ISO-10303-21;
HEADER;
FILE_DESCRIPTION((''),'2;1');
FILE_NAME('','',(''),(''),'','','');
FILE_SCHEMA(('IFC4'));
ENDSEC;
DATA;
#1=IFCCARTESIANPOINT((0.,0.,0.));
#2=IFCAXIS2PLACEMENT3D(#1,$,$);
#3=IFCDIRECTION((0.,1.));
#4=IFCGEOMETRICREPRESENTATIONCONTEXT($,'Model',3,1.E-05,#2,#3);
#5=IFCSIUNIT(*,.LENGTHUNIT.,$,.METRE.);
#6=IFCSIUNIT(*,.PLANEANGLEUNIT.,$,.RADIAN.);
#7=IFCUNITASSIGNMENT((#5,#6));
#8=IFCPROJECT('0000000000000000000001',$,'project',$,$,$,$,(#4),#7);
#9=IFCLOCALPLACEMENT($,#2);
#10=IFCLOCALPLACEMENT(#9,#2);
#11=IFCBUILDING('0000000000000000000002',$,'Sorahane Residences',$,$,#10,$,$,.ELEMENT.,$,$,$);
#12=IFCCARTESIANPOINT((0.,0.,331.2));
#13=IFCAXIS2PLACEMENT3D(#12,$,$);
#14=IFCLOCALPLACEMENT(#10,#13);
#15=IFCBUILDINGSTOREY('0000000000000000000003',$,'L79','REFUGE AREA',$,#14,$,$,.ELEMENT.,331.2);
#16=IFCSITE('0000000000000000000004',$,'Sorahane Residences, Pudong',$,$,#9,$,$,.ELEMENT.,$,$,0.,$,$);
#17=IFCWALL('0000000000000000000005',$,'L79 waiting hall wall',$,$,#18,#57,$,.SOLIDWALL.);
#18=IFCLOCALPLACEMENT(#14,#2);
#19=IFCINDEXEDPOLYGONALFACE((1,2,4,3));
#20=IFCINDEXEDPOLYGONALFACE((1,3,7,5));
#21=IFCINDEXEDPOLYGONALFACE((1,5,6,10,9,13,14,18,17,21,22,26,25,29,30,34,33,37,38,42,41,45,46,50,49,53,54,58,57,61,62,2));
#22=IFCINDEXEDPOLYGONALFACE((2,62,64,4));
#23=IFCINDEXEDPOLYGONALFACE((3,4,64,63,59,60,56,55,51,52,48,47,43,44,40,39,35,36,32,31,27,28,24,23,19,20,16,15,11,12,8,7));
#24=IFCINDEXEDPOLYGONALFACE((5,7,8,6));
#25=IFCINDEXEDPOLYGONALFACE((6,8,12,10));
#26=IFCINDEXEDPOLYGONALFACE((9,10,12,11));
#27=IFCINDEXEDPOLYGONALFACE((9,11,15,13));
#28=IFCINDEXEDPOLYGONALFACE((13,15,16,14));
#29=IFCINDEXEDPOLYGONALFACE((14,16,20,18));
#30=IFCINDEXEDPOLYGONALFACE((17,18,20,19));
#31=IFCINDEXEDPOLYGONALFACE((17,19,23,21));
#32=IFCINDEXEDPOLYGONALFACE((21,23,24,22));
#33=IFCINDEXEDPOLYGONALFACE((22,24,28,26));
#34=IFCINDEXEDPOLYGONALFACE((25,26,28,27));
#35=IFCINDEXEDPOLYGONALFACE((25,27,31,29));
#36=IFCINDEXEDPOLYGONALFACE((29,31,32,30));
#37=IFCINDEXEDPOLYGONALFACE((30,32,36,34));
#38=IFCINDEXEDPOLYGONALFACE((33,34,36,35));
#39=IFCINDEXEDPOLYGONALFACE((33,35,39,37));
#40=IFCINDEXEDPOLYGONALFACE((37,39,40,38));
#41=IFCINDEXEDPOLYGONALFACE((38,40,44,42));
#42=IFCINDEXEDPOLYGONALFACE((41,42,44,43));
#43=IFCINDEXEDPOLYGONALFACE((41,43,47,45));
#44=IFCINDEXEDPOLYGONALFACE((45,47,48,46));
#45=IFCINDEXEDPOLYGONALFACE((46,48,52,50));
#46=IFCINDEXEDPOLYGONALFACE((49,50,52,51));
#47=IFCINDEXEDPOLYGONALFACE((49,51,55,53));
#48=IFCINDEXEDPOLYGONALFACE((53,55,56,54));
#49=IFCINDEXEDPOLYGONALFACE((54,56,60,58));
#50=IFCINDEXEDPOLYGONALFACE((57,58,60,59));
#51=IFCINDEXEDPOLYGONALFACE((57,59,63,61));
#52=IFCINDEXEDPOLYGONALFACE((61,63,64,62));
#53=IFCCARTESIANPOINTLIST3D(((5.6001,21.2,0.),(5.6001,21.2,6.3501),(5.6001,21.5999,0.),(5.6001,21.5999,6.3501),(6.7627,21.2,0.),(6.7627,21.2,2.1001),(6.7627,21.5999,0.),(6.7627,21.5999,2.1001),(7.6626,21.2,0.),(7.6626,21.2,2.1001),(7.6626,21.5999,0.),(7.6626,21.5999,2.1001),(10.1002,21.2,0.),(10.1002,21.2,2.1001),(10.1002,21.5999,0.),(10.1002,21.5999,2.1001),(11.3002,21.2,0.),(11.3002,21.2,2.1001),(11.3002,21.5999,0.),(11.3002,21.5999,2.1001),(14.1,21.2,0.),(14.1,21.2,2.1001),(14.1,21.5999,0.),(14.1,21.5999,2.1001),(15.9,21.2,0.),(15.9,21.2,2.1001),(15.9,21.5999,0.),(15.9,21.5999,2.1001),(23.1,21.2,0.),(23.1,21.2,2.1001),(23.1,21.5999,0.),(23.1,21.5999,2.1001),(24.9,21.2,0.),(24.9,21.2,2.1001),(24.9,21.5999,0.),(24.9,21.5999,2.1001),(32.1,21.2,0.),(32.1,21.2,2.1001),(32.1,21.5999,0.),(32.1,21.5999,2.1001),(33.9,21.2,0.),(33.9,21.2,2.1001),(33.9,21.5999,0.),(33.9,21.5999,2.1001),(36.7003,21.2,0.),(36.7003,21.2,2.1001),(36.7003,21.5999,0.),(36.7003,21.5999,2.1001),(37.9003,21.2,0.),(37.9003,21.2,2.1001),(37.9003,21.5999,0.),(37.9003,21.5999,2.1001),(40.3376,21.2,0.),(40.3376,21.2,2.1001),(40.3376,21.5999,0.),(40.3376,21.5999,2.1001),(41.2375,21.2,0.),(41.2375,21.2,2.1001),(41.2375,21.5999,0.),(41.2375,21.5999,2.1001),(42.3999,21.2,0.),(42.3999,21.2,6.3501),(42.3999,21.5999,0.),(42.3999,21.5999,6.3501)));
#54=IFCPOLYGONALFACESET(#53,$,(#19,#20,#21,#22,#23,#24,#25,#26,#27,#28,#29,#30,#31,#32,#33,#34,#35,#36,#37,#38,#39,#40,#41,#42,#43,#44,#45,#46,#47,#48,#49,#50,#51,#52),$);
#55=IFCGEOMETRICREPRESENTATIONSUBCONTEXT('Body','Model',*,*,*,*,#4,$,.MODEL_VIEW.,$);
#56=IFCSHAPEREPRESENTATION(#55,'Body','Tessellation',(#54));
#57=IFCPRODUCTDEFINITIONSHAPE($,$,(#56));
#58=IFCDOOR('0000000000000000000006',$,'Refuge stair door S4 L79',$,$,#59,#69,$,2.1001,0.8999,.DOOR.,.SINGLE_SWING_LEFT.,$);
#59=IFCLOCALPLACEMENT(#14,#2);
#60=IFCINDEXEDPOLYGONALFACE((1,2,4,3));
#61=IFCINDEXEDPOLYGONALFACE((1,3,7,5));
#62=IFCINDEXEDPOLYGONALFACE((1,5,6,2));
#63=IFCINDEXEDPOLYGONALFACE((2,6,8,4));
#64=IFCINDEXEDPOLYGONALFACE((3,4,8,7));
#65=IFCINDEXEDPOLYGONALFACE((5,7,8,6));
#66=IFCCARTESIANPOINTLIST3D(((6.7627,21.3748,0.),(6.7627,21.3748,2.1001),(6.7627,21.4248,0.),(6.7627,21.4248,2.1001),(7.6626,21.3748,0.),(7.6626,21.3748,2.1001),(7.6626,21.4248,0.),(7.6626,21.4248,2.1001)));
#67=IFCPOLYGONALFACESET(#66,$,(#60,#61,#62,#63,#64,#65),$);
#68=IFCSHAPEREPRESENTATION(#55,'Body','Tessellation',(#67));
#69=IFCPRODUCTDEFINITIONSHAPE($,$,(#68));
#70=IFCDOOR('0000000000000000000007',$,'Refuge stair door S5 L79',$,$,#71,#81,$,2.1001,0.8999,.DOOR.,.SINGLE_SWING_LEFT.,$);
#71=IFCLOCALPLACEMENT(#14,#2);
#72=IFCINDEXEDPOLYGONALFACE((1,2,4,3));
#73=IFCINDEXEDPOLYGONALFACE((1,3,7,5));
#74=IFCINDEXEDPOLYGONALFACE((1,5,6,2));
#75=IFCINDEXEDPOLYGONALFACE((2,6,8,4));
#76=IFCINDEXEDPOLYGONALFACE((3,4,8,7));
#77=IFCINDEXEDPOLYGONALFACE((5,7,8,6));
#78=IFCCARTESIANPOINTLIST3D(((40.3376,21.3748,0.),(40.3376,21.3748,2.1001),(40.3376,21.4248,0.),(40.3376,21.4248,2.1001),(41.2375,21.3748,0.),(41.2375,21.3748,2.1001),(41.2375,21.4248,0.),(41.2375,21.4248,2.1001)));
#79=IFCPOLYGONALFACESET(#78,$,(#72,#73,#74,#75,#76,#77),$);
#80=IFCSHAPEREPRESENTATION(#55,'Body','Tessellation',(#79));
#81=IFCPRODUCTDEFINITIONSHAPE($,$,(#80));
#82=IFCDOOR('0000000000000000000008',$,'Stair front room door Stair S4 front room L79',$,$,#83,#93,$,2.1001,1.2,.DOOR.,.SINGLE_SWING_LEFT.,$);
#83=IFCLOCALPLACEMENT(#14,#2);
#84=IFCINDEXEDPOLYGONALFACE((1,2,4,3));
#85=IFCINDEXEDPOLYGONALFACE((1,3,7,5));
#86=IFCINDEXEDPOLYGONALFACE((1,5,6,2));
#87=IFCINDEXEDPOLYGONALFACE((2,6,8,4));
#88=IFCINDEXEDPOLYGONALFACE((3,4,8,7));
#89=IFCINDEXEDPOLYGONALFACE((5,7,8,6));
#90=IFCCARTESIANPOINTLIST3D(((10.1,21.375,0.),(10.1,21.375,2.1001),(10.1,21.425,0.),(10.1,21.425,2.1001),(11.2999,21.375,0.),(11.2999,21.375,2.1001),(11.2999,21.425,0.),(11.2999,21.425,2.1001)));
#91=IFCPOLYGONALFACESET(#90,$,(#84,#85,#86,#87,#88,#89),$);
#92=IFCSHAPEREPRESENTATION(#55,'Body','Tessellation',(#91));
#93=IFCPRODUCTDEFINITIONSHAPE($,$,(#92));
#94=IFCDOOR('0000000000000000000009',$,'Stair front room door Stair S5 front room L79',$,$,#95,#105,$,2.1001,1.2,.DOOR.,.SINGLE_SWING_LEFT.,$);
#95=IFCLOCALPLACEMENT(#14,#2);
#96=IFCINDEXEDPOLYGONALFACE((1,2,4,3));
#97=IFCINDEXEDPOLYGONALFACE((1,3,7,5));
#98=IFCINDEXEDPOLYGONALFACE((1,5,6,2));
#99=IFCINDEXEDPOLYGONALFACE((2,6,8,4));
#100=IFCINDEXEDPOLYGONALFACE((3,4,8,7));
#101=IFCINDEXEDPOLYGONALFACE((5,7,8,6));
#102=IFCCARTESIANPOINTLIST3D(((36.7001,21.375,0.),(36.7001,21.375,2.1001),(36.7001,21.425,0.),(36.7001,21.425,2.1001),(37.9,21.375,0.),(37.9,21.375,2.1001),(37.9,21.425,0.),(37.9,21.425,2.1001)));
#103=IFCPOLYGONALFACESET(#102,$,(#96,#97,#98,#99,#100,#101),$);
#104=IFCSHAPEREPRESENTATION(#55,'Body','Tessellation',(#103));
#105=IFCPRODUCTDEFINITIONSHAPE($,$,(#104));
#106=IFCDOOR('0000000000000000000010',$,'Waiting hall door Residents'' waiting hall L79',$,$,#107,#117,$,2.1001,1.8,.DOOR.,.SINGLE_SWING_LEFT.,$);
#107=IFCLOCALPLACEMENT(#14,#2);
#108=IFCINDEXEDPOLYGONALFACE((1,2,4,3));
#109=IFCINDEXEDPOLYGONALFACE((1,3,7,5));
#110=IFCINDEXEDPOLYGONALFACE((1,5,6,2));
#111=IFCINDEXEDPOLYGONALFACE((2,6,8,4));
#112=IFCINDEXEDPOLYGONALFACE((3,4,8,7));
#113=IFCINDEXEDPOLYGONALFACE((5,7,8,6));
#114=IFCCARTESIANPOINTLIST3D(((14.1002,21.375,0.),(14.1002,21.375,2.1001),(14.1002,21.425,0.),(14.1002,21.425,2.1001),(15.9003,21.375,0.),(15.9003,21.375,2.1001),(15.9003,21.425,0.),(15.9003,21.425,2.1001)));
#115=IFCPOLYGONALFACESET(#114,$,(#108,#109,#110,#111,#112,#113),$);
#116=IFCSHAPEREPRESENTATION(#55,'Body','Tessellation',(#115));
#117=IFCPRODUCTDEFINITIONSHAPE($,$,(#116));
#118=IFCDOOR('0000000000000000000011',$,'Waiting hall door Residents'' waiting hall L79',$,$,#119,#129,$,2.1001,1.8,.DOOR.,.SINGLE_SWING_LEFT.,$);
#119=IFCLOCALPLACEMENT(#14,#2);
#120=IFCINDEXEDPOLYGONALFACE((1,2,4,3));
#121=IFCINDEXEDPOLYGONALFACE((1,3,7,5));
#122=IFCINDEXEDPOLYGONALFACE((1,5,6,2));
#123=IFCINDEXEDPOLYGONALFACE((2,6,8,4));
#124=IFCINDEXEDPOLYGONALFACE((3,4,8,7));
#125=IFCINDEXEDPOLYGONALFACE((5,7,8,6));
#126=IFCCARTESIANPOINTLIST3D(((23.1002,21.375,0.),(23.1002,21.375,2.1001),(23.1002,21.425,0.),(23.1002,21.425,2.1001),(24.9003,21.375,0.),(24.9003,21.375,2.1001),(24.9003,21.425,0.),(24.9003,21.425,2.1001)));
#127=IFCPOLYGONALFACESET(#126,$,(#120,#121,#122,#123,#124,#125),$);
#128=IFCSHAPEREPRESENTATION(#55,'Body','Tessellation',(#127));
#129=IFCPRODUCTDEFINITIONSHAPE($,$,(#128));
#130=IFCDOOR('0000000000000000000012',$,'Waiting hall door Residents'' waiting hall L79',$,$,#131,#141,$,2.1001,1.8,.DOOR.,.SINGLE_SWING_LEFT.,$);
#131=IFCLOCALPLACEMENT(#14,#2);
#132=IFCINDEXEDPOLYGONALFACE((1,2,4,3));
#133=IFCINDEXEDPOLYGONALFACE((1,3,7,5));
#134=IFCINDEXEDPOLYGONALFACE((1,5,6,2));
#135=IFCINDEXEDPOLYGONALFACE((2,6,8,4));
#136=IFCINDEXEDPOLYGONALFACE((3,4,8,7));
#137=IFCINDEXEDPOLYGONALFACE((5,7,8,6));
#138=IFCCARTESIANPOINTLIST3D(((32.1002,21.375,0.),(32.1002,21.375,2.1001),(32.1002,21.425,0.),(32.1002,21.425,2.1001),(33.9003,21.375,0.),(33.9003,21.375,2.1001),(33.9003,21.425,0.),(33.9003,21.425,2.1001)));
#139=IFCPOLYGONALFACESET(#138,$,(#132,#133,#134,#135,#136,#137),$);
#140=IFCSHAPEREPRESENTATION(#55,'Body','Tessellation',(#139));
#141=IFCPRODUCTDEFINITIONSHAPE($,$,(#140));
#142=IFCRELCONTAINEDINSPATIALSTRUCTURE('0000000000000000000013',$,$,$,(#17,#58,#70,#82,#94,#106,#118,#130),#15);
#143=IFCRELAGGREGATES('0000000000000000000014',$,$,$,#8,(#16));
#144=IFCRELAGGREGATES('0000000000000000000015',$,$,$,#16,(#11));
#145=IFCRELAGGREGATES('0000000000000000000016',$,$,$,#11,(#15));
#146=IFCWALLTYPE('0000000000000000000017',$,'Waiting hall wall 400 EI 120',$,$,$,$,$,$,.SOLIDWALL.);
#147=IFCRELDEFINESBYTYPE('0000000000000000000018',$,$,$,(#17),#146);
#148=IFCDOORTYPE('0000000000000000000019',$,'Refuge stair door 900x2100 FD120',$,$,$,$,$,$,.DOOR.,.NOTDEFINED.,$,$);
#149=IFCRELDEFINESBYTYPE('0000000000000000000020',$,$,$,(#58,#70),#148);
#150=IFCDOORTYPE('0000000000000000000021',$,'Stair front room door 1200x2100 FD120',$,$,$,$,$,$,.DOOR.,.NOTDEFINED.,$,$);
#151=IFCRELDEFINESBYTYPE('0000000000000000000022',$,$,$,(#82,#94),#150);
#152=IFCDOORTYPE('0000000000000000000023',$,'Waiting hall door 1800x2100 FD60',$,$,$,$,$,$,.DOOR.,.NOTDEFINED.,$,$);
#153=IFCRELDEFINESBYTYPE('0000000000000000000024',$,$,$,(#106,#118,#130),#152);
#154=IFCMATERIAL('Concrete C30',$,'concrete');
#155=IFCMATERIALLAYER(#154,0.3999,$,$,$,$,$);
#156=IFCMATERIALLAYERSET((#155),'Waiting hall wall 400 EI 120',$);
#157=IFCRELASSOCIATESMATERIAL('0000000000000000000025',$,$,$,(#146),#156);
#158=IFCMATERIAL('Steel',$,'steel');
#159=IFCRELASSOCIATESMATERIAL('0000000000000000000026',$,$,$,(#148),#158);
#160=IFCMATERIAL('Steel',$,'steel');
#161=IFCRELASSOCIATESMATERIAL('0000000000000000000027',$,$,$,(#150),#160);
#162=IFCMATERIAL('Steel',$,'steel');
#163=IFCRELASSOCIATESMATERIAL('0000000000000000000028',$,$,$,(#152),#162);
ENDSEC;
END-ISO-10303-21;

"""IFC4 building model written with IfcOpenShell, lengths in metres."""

from ifc_helpers import new_model, si_unit, direction, frame, frame_2d, origin, place, context, subcontext, project, spatial, rectangle, extrude, material, layer, layer_set, type_object, element, fill, save


model = new_model("IFC4")

# Units and contexts
model_context = context("Model", 3, precision=1e-05, world=origin(), true_north=direction((0.0, 1.0)))
body_context = subcontext(model_context, "Body", "Model", "MODEL_VIEW")
ifc_project = project(units=[si_unit("LENGTHUNIT", "METRE"), si_unit("PLANEANGLEUNIT", "RADIAN")], contexts=[model_context])

# Site, building, storey
site_placement = place(None, origin())
site = spatial("IfcSite", under=ifc_project, at=site_placement, Name="Sorahane Residences, Pudong", CompositionType="ELEMENT", RefElevation=0.0)
building_placement = place(site_placement, origin())
building = spatial("IfcBuilding", under=site, at=building_placement, Name="Sorahane Residences", CompositionType="ELEMENT")
storey_placement = place(building_placement, frame((0.0, 0.0, 331.2)))
storey = spatial("IfcBuildingStorey", under=building, at=storey_placement, Name="L79", Description="REFUGE AREA", CompositionType="ELEMENT", Elevation=331.2)

# Wall, openings, doors
ifc_material_1 = material(Name="Concrete C30", Category="concrete")
ifc_layer_1 = layer(ifc_material_1, 0.3999)
ifc_layer_set_1 = layer_set([ifc_layer_1], Name="Waiting hall wall 400 EI 120")
wall_type_1 = type_object("IfcWallType", Name="Waiting hall wall 400 EI 120", PredefinedType="SOLIDWALL", material=ifc_layer_set_1)
wall_1_placement = place(storey_placement, frame((5.6001, 21.3999, 0.0), z_axis=(0.0, 0.0, 1.0), x_axis=(1.0, 0.0, 0.0)))
wall_1 = element("IfcWall", 1, at=wall_1_placement, inside=storey, type_object=wall_type_1, Name="L79 waiting hall wall", PredefinedType="SOLIDWALL", context=body_context, shape_type="SweptSolid", body=[
    extrude(rectangle(XDim=36.7998, YDim=0.3999, at=frame_2d((18.3999, 0.0))), origin(), (0.0, 0.0, 1.0), 6.3501),
])
opening_1_placement = place(wall_1_placement, frame((8.5, 0.0, 0.0)))
opening_1 = element("IfcOpeningElement", 2, at=opening_1_placement, cuts=wall_1, PredefinedType="OPENING", context=body_context, shape_type="SweptSolid", body=[
    extrude(rectangle(XDim=1.8, YDim=2.1001, at=frame_2d((0.8999, 1.05))), frame((0.0, 0.21, 0.0), z_axis=(0.0, -1.0, 0.0), x_axis=(1.0, 0.0, 0.0)), (0.0, 0.0, 1.0), 0.4199),
])
opening_2_placement = place(wall_1_placement, frame((17.5, 0.0, 0.0)))
opening_2 = element("IfcOpeningElement", 3, at=opening_2_placement, cuts=wall_1, PredefinedType="OPENING", context=body_context, shape_type="SweptSolid", body=[
    extrude(rectangle(XDim=1.8, YDim=2.1001, at=frame_2d((0.8999, 1.05))), frame((0.0, 0.21, 0.0), z_axis=(0.0, -1.0, 0.0), x_axis=(1.0, 0.0, 0.0)), (0.0, 0.0, 1.0), 0.4199),
])
opening_3_placement = place(wall_1_placement, frame((26.5, 0.0, 0.0)))
opening_3 = element("IfcOpeningElement", 4, at=opening_3_placement, cuts=wall_1, PredefinedType="OPENING", context=body_context, shape_type="SweptSolid", body=[
    extrude(rectangle(XDim=1.8, YDim=2.1001, at=frame_2d((0.8999, 1.05))), frame((0.0, 0.21, 0.0), z_axis=(0.0, -1.0, 0.0), x_axis=(1.0, 0.0, 0.0)), (0.0, 0.0, 1.0), 0.4199),
])
opening_4_placement = place(wall_1_placement, frame((4.5, 0.0, 0.0)))
opening_4 = element("IfcOpeningElement", 5, at=opening_4_placement, cuts=wall_1, PredefinedType="OPENING", context=body_context, shape_type="SweptSolid", body=[
    extrude(rectangle(XDim=1.2, YDim=2.1001, at=frame_2d((0.6001, 1.05))), frame((0.0, 0.21, 0.0), z_axis=(0.0, -1.0, 0.0), x_axis=(1.0, 0.0, 0.0)), (0.0, 0.0, 1.0), 0.4199),
])
opening_5_placement = place(wall_1_placement, frame((31.1001, 0.0, 0.0)))
opening_5 = element("IfcOpeningElement", 6, at=opening_5_placement, cuts=wall_1, PredefinedType="OPENING", context=body_context, shape_type="SweptSolid", body=[
    extrude(rectangle(XDim=1.2, YDim=2.1001, at=frame_2d((0.6001, 1.05))), frame((0.0, 0.21, 0.0), z_axis=(0.0, -1.0, 0.0), x_axis=(1.0, 0.0, 0.0)), (0.0, 0.0, 1.0), 0.4199),
])
opening_6_placement = place(wall_1_placement, frame((1.1626, 0.0, 0.0)))
opening_6 = element("IfcOpeningElement", 7, at=opening_6_placement, cuts=wall_1, PredefinedType="OPENING", context=body_context, shape_type="SweptSolid", body=[
    extrude(rectangle(XDim=0.8999, YDim=2.1001, at=frame_2d((0.45, 1.05))), frame((0.0, 0.21, 0.0), z_axis=(0.0, -1.0, 0.0), x_axis=(1.0, 0.0, 0.0)), (0.0, 0.0, 1.0), 0.4199),
])
opening_7_placement = place(wall_1_placement, frame((34.7375, 0.0, 0.0)))
opening_7 = element("IfcOpeningElement", 8, at=opening_7_placement, cuts=wall_1, PredefinedType="OPENING", context=body_context, shape_type="SweptSolid", body=[
    extrude(rectangle(XDim=0.8999, YDim=2.1001, at=frame_2d((0.45, 1.05))), frame((0.0, 0.21, 0.0), z_axis=(0.0, -1.0, 0.0), x_axis=(1.0, 0.0, 0.0)), (0.0, 0.0, 1.0), 0.4199),
])
ifc_material_2 = material(Name="Steel", Category="steel")
door_type_1 = type_object("IfcDoorType", Name="Refuge stair door 900x2100 FD120", OperationType="NOTDEFINED", PredefinedType="DOOR", material=ifc_material_2)
door_1_placement = place(opening_6_placement, origin())
door_1 = element("IfcDoor", 9, at=door_1_placement, inside=storey, type_object=door_type_1, Name="Refuge stair door S4 L79", OperationType="SINGLE_SWING_LEFT", OverallHeight=2.1001, OverallWidth=0.8999, PredefinedType="DOOR", context=body_context, shape_type="SweptSolid", body=[
    extrude(rectangle(XDim=0.8999, YDim=2.1001, at=frame_2d((0.45, 1.05))), frame((0.0, 0.0249, 0.0), z_axis=(0.0, -1.0, 0.0), x_axis=(1.0, 0.0, 0.0)), (0.0, 0.0, 1.0), 0.05),
])
fill(opening_6, door_1)
door_2_placement = place(opening_7_placement, origin())
door_2 = element("IfcDoor", 10, at=door_2_placement, inside=storey, type_object=door_type_1, Name="Refuge stair door S5 L79", OperationType="SINGLE_SWING_LEFT", OverallHeight=2.1001, OverallWidth=0.8999, PredefinedType="DOOR", context=body_context, shape_type="SweptSolid", body=[
    extrude(rectangle(XDim=0.8999, YDim=2.1001, at=frame_2d((0.45, 1.05))), frame((0.0, 0.0249, 0.0), z_axis=(0.0, -1.0, 0.0), x_axis=(1.0, 0.0, 0.0)), (0.0, 0.0, 1.0), 0.05),
])
fill(opening_7, door_2)
ifc_material_3 = material(Name="Steel", Category="steel")
door_type_2 = type_object("IfcDoorType", Name="Stair front room door 1200x2100 FD120", OperationType="NOTDEFINED", PredefinedType="DOOR", material=ifc_material_3)
door_3_placement = place(opening_4_placement, frame((1.2, 0.0, 0.0), z_axis=(0.0, 0.0, 1.0), x_axis=(-1.0, 0.0, 0.0)))
door_3 = element("IfcDoor", 11, at=door_3_placement, inside=storey, type_object=door_type_2, Name="Stair front room door Stair S4 front room L79", OperationType="SINGLE_SWING_LEFT", OverallHeight=2.1001, OverallWidth=1.2, PredefinedType="DOOR", context=body_context, shape_type="SweptSolid", body=[
    extrude(rectangle(XDim=1.2, YDim=2.1001, at=frame_2d((0.6001, 1.05))), frame((0.0, 0.0249, 0.0), z_axis=(0.0, -1.0, 0.0), x_axis=(1.0, 0.0, 0.0)), (0.0, 0.0, 1.0), 0.05),
])
fill(opening_4, door_3)
door_4_placement = place(opening_5_placement, frame((1.2, 0.0, 0.0), z_axis=(0.0, 0.0, 1.0), x_axis=(-1.0, 0.0, 0.0)))
door_4 = element("IfcDoor", 12, at=door_4_placement, inside=storey, type_object=door_type_2, Name="Stair front room door Stair S5 front room L79", OperationType="SINGLE_SWING_LEFT", OverallHeight=2.1001, OverallWidth=1.2, PredefinedType="DOOR", context=body_context, shape_type="SweptSolid", body=[
    extrude(rectangle(XDim=1.2, YDim=2.1001, at=frame_2d((0.6001, 1.05))), frame((0.0, 0.0249, 0.0), z_axis=(0.0, -1.0, 0.0), x_axis=(1.0, 0.0, 0.0)), (0.0, 0.0, 1.0), 0.05),
])
fill(opening_5, door_4)
ifc_material_4 = material(Name="Steel", Category="steel")
door_type_3 = type_object("IfcDoorType", Name="Waiting hall door 1800x2100 FD60", OperationType="NOTDEFINED", PredefinedType="DOOR", material=ifc_material_4)
door_5_placement = place(opening_1_placement, frame((1.8, 0.0, 0.0), z_axis=(0.0, 0.0, 1.0), x_axis=(-1.0, 0.0, 0.0)))
door_5 = element("IfcDoor", 13, at=door_5_placement, inside=storey, type_object=door_type_3, Name="Waiting hall door Residents' waiting hall L79", OperationType="SINGLE_SWING_LEFT", OverallHeight=2.1001, OverallWidth=1.8, PredefinedType="DOOR", context=body_context, shape_type="SweptSolid", body=[
    extrude(rectangle(XDim=1.8, YDim=2.1001, at=frame_2d((0.8999, 1.05))), frame((0.0, 0.0249, 0.0), z_axis=(0.0, -1.0, 0.0), x_axis=(1.0, 0.0, 0.0)), (0.0, 0.0, 1.0), 0.05),
])
fill(opening_1, door_5)
door_6_placement = place(opening_2_placement, frame((1.8, 0.0, 0.0), z_axis=(0.0, 0.0, 1.0), x_axis=(-1.0, 0.0, 0.0)))
door_6 = element("IfcDoor", 14, at=door_6_placement, inside=storey, type_object=door_type_3, Name="Waiting hall door Residents' waiting hall L79", OperationType="SINGLE_SWING_LEFT", OverallHeight=2.1001, OverallWidth=1.8, PredefinedType="DOOR", context=body_context, shape_type="SweptSolid", body=[
    extrude(rectangle(XDim=1.8, YDim=2.1001, at=frame_2d((0.8999, 1.05))), frame((0.0, 0.0249, 0.0), z_axis=(0.0, -1.0, 0.0), x_axis=(1.0, 0.0, 0.0)), (0.0, 0.0, 1.0), 0.05),
])
fill(opening_2, door_6)
door_7_placement = place(opening_3_placement, frame((1.8, 0.0, 0.0), z_axis=(0.0, 0.0, 1.0), x_axis=(-1.0, 0.0, 0.0)))
door_7 = element("IfcDoor", 15, at=door_7_placement, inside=storey, type_object=door_type_3, Name="Waiting hall door Residents' waiting hall L79", OperationType="SINGLE_SWING_LEFT", OverallHeight=2.1001, OverallWidth=1.8, PredefinedType="DOOR", context=body_context, shape_type="SweptSolid", body=[
    extrude(rectangle(XDim=1.8, YDim=2.1001, at=frame_2d((0.8999, 1.05))), frame((0.0, 0.0249, 0.0), z_axis=(0.0, -1.0, 0.0), x_axis=(1.0, 0.0, 0.0)), (0.0, 0.0, 1.0), 0.05),
])
fill(opening_3, door_7)

save(model, "model.ifc")
